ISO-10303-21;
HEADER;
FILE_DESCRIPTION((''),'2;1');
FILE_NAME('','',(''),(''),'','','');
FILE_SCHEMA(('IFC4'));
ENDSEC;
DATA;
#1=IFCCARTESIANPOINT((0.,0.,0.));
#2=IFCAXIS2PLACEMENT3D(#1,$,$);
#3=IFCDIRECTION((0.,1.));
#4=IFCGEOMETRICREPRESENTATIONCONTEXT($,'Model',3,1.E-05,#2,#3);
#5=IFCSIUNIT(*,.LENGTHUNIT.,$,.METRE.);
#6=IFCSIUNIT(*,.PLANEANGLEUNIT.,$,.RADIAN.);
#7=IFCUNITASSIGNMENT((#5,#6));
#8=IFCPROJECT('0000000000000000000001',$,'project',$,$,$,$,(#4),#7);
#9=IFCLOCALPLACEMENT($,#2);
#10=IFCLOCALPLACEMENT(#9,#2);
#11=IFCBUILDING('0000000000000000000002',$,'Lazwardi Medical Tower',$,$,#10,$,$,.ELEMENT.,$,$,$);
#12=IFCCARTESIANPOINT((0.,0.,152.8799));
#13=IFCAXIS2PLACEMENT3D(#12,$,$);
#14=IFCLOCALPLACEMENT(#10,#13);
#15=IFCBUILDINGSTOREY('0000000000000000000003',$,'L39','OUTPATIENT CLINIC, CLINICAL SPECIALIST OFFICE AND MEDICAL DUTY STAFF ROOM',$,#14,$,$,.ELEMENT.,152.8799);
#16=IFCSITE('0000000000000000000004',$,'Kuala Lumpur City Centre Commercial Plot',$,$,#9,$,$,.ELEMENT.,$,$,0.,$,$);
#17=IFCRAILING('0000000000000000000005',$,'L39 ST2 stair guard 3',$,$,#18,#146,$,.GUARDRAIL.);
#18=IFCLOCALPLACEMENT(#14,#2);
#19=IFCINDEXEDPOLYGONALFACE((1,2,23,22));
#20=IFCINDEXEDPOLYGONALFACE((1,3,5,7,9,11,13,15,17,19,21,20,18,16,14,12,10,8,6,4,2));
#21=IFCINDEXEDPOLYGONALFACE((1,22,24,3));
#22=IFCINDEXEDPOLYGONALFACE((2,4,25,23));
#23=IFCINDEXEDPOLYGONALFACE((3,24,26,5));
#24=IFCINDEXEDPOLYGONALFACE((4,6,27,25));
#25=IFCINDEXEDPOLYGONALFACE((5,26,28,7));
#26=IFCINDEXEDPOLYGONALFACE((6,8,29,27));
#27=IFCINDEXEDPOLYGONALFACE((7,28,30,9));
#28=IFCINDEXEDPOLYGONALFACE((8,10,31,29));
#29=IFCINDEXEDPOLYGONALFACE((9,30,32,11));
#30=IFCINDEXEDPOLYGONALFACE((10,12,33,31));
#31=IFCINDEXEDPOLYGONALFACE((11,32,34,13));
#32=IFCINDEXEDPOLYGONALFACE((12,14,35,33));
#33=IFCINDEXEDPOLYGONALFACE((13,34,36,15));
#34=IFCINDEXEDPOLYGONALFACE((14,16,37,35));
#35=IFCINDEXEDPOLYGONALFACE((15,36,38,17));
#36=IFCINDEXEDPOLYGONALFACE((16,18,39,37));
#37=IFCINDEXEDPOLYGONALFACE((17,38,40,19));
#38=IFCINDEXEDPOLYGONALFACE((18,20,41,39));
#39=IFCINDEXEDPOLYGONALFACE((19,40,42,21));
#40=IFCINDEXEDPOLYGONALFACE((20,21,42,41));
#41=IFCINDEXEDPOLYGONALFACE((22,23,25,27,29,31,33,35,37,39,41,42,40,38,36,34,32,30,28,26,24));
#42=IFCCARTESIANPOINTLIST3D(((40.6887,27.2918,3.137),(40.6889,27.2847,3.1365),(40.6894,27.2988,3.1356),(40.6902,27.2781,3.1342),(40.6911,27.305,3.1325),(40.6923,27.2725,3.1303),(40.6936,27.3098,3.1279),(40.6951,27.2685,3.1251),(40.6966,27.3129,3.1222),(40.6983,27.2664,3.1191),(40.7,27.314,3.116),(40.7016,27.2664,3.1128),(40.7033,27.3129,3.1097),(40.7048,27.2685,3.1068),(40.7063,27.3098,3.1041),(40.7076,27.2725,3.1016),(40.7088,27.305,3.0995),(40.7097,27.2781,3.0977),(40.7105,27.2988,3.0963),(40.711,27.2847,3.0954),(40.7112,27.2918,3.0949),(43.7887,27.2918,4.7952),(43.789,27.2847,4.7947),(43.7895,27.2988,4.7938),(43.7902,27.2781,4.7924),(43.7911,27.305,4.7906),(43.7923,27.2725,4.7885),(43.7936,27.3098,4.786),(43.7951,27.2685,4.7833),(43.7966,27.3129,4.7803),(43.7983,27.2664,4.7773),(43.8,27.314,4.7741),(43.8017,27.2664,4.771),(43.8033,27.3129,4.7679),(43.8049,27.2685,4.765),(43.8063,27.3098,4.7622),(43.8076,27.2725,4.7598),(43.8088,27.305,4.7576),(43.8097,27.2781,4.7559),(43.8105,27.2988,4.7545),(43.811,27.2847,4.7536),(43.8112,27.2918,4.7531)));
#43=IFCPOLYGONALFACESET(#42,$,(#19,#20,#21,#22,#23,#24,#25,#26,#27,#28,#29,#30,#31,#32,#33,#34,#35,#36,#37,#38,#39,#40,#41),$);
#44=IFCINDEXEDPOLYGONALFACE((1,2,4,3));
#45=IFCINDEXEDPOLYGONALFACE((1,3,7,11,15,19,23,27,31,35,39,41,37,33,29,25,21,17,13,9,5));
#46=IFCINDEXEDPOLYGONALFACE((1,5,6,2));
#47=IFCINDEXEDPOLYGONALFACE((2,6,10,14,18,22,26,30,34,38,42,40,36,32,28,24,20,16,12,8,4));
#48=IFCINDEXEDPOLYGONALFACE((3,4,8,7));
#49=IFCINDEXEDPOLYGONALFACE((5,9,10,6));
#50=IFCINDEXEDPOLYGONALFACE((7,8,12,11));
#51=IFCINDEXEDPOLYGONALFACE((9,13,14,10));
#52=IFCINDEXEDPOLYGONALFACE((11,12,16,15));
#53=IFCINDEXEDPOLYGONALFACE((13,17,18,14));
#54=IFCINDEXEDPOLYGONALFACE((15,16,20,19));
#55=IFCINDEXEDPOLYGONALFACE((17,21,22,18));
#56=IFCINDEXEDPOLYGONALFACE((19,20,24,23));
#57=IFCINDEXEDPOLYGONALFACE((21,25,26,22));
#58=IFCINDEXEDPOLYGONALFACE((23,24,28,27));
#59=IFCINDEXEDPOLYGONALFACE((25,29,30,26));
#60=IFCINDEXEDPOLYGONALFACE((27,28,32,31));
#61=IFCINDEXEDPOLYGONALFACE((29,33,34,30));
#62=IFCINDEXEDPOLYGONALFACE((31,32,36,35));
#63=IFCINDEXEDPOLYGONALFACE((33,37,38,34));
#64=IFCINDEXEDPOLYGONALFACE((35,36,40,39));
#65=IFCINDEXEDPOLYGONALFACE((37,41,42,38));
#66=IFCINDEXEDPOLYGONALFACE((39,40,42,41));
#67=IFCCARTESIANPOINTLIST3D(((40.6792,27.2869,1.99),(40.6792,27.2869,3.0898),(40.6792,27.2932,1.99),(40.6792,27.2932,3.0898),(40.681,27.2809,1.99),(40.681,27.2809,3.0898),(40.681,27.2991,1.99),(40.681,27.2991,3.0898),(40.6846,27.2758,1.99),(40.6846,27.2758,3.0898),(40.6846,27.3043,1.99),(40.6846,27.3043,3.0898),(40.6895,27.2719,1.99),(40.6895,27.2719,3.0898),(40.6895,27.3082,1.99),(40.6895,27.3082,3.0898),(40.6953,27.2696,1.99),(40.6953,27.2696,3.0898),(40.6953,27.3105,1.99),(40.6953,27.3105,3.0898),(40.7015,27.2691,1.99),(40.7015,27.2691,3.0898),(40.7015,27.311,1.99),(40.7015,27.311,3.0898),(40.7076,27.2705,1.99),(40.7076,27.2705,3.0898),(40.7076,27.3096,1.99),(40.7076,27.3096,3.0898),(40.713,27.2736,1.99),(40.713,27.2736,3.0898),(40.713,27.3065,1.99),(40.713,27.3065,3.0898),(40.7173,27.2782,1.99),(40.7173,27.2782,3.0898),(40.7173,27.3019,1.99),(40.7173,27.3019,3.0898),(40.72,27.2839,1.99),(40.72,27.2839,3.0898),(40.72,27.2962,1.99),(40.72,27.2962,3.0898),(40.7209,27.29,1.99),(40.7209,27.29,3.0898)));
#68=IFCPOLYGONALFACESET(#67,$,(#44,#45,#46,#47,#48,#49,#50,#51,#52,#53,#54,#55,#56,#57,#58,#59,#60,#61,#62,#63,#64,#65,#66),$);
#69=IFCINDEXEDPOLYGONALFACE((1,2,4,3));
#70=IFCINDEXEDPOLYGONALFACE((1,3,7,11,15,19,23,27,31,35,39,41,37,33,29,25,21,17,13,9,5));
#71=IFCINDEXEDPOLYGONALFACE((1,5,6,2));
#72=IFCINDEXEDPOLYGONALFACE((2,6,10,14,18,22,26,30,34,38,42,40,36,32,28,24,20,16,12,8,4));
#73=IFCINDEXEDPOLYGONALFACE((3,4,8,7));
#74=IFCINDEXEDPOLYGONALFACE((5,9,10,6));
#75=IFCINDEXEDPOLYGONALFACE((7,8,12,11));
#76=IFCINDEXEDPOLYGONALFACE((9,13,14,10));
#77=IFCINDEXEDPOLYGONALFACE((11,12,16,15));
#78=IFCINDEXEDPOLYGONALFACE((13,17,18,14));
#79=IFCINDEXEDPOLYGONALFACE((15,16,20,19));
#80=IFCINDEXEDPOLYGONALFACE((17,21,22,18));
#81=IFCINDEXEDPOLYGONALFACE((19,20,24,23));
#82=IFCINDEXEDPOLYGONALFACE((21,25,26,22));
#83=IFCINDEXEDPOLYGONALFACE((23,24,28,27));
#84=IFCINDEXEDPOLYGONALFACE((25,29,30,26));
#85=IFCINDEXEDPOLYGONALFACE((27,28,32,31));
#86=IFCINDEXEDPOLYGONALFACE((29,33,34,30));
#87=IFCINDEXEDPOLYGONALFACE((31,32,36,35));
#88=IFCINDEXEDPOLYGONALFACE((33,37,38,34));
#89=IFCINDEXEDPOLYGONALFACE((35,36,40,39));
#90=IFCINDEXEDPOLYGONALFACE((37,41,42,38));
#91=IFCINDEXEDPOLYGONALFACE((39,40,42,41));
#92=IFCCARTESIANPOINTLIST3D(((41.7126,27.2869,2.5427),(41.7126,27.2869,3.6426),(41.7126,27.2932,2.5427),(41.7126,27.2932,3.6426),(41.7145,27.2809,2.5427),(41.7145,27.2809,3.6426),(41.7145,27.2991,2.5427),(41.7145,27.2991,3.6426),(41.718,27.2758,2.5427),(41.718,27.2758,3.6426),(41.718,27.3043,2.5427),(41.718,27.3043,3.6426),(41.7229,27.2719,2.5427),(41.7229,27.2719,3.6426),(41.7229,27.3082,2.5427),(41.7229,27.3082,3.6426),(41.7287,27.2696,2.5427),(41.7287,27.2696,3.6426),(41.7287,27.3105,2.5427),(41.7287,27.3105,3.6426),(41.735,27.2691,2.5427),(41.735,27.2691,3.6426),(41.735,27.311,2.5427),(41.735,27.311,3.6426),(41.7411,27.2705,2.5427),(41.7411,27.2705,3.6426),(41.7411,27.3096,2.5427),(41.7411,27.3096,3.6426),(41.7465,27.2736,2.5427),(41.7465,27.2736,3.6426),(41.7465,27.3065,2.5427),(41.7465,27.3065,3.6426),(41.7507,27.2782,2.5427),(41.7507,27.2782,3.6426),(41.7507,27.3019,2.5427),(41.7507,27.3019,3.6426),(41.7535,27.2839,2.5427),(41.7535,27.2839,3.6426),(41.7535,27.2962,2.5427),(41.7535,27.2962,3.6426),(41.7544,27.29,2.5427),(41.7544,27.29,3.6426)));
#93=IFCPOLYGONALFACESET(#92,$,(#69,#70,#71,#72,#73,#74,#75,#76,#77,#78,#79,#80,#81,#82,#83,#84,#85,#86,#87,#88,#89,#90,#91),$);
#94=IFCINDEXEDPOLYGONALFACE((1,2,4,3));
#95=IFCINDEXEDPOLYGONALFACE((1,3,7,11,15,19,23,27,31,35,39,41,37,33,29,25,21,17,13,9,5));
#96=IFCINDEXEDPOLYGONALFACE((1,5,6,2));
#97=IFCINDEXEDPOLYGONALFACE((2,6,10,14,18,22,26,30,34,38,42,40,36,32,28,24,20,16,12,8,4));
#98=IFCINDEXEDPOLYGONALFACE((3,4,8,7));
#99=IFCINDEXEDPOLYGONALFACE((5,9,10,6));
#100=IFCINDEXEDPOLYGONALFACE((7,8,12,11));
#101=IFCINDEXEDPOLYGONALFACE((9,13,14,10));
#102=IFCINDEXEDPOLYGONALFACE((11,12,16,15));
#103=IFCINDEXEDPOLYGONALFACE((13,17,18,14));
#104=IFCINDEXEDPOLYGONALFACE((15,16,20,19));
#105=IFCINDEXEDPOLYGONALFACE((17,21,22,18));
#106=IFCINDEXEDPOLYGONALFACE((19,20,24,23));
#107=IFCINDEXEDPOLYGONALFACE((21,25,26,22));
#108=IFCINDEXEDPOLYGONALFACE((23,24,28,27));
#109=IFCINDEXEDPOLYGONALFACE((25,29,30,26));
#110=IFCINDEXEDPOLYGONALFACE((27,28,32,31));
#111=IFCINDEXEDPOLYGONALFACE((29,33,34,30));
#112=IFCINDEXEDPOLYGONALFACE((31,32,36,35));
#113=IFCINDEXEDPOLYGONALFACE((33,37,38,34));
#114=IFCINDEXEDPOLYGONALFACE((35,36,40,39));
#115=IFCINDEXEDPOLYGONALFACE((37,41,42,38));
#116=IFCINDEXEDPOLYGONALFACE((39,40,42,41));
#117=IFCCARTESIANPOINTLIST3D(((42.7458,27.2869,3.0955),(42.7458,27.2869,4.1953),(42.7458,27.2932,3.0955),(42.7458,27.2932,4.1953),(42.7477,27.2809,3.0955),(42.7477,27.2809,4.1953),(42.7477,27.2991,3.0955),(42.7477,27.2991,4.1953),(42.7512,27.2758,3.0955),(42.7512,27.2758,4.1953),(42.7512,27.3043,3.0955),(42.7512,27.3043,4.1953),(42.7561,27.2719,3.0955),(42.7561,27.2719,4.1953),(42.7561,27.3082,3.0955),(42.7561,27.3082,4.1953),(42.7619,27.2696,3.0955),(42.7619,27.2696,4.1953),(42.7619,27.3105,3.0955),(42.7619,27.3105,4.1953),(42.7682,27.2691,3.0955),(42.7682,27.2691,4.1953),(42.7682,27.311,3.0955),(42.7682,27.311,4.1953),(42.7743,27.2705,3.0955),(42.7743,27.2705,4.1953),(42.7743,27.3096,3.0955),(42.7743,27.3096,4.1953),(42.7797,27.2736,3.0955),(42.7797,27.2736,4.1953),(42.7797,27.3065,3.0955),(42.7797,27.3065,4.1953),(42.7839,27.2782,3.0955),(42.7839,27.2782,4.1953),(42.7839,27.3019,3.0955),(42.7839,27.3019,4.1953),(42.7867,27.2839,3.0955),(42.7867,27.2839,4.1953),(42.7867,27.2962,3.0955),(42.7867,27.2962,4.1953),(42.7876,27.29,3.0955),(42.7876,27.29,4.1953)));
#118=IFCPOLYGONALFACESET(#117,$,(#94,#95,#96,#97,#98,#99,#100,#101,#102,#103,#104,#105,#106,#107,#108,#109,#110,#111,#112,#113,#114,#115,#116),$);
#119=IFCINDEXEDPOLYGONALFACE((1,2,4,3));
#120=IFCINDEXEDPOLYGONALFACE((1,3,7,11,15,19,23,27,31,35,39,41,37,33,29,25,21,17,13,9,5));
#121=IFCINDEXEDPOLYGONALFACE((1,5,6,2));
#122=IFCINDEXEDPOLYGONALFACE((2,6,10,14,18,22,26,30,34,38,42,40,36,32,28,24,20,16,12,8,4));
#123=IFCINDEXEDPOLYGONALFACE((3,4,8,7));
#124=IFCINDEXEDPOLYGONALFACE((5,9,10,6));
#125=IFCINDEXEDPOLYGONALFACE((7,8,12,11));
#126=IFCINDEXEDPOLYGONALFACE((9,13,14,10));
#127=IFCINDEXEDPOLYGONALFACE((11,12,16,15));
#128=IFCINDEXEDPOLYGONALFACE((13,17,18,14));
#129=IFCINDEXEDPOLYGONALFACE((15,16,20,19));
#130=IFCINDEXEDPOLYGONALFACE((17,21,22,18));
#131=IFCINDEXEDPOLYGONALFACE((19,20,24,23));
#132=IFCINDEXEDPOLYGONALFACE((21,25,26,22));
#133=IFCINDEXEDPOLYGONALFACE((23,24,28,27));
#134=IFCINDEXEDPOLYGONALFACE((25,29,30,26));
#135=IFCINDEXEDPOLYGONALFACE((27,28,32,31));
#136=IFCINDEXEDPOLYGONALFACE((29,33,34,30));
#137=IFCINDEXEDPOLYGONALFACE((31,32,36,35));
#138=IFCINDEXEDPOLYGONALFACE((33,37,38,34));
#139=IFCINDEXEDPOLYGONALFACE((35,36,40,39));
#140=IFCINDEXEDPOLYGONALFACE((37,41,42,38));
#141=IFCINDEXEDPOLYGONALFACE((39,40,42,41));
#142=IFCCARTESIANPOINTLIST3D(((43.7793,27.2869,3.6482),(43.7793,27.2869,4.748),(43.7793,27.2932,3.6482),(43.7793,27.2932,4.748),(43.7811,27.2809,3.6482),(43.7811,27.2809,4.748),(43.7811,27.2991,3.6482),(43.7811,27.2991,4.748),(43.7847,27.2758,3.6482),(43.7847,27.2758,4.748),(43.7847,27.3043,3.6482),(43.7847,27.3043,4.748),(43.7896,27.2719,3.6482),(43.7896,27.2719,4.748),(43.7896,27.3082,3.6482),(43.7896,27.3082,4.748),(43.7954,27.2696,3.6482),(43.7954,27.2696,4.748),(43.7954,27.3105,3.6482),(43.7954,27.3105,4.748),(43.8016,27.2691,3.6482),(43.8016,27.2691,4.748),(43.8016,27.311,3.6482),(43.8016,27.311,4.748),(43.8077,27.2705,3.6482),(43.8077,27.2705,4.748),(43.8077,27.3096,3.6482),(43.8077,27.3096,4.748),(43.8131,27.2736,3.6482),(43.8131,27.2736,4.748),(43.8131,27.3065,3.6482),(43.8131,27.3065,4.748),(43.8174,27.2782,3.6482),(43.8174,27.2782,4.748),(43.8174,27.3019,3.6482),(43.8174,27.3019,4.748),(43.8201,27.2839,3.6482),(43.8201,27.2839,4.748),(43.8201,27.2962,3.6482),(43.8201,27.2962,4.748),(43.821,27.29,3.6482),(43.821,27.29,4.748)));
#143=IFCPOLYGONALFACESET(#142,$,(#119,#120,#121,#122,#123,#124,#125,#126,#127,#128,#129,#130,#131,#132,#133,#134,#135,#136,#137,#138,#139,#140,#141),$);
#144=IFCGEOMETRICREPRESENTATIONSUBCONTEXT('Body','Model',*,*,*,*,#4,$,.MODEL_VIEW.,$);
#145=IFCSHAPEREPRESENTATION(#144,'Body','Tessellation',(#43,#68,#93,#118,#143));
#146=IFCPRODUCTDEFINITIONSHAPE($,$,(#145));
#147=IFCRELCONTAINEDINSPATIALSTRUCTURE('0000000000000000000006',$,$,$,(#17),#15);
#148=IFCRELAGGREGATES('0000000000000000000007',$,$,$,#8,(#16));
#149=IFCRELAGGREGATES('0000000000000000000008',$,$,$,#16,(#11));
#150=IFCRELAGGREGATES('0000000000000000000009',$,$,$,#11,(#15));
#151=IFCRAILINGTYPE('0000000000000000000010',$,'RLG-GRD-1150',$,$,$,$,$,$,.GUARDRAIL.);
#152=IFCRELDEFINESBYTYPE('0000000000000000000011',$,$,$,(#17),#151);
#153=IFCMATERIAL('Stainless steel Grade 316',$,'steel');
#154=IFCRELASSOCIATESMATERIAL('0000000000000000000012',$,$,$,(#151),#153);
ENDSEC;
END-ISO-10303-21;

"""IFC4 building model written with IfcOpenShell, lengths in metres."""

from ifc_helpers import new_model, si_unit, direction, frame, origin, origin_2d, place, context, subcontext, project, spatial, circle, extrude, material, type_object, element, save


model = new_model("IFC4")

# Units and contexts
model_context = context("Model", 3, precision=1e-05, world=origin(), true_north=direction((0.0, 1.0)))
body_context = subcontext(model_context, "Body", "Model", "MODEL_VIEW")
ifc_project = project(units=[si_unit("LENGTHUNIT", "METRE"), si_unit("PLANEANGLEUNIT", "RADIAN")], contexts=[model_context])

# Site, building, storey
site_placement = place(None, origin())
site = spatial("IfcSite", under=ifc_project, at=site_placement, Name="Kuala Lumpur City Centre Commercial Plot", CompositionType="ELEMENT", RefElevation=0.0)
building_placement = place(site_placement, origin())
building = spatial("IfcBuilding", under=site, at=building_placement, Name="Lazwardi Medical Tower", CompositionType="ELEMENT")
storey_placement = place(building_placement, frame((0.0, 0.0, 152.8799)))
storey = spatial("IfcBuildingStorey", under=building, at=storey_placement, Name="L39", Description="OUTPATIENT CLINIC, CLINICAL SPECIALIST OFFICE AND MEDICAL DUTY STAFF ROOM", CompositionType="ELEMENT", Elevation=152.8799)

# Railing
ifc_material_1 = material(Name="Stainless steel Grade 316", Category="steel")
railing_type_1 = type_object("IfcRailingType", Name="RLG-GRD-1150", PredefinedType="GUARDRAIL", material=ifc_material_1)
railing_1_placement = place(storey_placement, frame((40.7, 27.29, 1.99)))
element("IfcRailing", 1, at=railing_1_placement, inside=storey, type_object=railing_type_1, Name="L39 ST2 stair guard 3", PredefinedType="GUARDRAIL", context=body_context, shape_type="SweptSolid", body=[
    extrude(circle(Radius=0.0239, at=origin_2d()), frame((0.0, 0.0, 1.126), z_axis=(0.881783, 0.0, 0.471655), x_axis=(0.0, 1.0, 0.0)), (0.0, 0.0, 1.0), 3.5156),
    extrude(circle(Radius=0.021, at=origin_2d()), origin(), (0.0, 0.0, 1.0), 1.0999),
    extrude(circle(Radius=0.021, at=origin_2d()), frame((1.0334, 0.0, 0.5527)), (0.0, 0.0, 1.0), 1.0999),
    extrude(circle(Radius=0.021, at=origin_2d()), frame((2.0667, 0.0, 1.1055)), (0.0, 0.0, 1.0), 1.0999),
    extrude(circle(Radius=0.021, at=origin_2d()), frame((3.1001, 0.0, 1.6582)), (0.0, 0.0, 1.0), 1.0999),
])

save(model, "model.ifc")
